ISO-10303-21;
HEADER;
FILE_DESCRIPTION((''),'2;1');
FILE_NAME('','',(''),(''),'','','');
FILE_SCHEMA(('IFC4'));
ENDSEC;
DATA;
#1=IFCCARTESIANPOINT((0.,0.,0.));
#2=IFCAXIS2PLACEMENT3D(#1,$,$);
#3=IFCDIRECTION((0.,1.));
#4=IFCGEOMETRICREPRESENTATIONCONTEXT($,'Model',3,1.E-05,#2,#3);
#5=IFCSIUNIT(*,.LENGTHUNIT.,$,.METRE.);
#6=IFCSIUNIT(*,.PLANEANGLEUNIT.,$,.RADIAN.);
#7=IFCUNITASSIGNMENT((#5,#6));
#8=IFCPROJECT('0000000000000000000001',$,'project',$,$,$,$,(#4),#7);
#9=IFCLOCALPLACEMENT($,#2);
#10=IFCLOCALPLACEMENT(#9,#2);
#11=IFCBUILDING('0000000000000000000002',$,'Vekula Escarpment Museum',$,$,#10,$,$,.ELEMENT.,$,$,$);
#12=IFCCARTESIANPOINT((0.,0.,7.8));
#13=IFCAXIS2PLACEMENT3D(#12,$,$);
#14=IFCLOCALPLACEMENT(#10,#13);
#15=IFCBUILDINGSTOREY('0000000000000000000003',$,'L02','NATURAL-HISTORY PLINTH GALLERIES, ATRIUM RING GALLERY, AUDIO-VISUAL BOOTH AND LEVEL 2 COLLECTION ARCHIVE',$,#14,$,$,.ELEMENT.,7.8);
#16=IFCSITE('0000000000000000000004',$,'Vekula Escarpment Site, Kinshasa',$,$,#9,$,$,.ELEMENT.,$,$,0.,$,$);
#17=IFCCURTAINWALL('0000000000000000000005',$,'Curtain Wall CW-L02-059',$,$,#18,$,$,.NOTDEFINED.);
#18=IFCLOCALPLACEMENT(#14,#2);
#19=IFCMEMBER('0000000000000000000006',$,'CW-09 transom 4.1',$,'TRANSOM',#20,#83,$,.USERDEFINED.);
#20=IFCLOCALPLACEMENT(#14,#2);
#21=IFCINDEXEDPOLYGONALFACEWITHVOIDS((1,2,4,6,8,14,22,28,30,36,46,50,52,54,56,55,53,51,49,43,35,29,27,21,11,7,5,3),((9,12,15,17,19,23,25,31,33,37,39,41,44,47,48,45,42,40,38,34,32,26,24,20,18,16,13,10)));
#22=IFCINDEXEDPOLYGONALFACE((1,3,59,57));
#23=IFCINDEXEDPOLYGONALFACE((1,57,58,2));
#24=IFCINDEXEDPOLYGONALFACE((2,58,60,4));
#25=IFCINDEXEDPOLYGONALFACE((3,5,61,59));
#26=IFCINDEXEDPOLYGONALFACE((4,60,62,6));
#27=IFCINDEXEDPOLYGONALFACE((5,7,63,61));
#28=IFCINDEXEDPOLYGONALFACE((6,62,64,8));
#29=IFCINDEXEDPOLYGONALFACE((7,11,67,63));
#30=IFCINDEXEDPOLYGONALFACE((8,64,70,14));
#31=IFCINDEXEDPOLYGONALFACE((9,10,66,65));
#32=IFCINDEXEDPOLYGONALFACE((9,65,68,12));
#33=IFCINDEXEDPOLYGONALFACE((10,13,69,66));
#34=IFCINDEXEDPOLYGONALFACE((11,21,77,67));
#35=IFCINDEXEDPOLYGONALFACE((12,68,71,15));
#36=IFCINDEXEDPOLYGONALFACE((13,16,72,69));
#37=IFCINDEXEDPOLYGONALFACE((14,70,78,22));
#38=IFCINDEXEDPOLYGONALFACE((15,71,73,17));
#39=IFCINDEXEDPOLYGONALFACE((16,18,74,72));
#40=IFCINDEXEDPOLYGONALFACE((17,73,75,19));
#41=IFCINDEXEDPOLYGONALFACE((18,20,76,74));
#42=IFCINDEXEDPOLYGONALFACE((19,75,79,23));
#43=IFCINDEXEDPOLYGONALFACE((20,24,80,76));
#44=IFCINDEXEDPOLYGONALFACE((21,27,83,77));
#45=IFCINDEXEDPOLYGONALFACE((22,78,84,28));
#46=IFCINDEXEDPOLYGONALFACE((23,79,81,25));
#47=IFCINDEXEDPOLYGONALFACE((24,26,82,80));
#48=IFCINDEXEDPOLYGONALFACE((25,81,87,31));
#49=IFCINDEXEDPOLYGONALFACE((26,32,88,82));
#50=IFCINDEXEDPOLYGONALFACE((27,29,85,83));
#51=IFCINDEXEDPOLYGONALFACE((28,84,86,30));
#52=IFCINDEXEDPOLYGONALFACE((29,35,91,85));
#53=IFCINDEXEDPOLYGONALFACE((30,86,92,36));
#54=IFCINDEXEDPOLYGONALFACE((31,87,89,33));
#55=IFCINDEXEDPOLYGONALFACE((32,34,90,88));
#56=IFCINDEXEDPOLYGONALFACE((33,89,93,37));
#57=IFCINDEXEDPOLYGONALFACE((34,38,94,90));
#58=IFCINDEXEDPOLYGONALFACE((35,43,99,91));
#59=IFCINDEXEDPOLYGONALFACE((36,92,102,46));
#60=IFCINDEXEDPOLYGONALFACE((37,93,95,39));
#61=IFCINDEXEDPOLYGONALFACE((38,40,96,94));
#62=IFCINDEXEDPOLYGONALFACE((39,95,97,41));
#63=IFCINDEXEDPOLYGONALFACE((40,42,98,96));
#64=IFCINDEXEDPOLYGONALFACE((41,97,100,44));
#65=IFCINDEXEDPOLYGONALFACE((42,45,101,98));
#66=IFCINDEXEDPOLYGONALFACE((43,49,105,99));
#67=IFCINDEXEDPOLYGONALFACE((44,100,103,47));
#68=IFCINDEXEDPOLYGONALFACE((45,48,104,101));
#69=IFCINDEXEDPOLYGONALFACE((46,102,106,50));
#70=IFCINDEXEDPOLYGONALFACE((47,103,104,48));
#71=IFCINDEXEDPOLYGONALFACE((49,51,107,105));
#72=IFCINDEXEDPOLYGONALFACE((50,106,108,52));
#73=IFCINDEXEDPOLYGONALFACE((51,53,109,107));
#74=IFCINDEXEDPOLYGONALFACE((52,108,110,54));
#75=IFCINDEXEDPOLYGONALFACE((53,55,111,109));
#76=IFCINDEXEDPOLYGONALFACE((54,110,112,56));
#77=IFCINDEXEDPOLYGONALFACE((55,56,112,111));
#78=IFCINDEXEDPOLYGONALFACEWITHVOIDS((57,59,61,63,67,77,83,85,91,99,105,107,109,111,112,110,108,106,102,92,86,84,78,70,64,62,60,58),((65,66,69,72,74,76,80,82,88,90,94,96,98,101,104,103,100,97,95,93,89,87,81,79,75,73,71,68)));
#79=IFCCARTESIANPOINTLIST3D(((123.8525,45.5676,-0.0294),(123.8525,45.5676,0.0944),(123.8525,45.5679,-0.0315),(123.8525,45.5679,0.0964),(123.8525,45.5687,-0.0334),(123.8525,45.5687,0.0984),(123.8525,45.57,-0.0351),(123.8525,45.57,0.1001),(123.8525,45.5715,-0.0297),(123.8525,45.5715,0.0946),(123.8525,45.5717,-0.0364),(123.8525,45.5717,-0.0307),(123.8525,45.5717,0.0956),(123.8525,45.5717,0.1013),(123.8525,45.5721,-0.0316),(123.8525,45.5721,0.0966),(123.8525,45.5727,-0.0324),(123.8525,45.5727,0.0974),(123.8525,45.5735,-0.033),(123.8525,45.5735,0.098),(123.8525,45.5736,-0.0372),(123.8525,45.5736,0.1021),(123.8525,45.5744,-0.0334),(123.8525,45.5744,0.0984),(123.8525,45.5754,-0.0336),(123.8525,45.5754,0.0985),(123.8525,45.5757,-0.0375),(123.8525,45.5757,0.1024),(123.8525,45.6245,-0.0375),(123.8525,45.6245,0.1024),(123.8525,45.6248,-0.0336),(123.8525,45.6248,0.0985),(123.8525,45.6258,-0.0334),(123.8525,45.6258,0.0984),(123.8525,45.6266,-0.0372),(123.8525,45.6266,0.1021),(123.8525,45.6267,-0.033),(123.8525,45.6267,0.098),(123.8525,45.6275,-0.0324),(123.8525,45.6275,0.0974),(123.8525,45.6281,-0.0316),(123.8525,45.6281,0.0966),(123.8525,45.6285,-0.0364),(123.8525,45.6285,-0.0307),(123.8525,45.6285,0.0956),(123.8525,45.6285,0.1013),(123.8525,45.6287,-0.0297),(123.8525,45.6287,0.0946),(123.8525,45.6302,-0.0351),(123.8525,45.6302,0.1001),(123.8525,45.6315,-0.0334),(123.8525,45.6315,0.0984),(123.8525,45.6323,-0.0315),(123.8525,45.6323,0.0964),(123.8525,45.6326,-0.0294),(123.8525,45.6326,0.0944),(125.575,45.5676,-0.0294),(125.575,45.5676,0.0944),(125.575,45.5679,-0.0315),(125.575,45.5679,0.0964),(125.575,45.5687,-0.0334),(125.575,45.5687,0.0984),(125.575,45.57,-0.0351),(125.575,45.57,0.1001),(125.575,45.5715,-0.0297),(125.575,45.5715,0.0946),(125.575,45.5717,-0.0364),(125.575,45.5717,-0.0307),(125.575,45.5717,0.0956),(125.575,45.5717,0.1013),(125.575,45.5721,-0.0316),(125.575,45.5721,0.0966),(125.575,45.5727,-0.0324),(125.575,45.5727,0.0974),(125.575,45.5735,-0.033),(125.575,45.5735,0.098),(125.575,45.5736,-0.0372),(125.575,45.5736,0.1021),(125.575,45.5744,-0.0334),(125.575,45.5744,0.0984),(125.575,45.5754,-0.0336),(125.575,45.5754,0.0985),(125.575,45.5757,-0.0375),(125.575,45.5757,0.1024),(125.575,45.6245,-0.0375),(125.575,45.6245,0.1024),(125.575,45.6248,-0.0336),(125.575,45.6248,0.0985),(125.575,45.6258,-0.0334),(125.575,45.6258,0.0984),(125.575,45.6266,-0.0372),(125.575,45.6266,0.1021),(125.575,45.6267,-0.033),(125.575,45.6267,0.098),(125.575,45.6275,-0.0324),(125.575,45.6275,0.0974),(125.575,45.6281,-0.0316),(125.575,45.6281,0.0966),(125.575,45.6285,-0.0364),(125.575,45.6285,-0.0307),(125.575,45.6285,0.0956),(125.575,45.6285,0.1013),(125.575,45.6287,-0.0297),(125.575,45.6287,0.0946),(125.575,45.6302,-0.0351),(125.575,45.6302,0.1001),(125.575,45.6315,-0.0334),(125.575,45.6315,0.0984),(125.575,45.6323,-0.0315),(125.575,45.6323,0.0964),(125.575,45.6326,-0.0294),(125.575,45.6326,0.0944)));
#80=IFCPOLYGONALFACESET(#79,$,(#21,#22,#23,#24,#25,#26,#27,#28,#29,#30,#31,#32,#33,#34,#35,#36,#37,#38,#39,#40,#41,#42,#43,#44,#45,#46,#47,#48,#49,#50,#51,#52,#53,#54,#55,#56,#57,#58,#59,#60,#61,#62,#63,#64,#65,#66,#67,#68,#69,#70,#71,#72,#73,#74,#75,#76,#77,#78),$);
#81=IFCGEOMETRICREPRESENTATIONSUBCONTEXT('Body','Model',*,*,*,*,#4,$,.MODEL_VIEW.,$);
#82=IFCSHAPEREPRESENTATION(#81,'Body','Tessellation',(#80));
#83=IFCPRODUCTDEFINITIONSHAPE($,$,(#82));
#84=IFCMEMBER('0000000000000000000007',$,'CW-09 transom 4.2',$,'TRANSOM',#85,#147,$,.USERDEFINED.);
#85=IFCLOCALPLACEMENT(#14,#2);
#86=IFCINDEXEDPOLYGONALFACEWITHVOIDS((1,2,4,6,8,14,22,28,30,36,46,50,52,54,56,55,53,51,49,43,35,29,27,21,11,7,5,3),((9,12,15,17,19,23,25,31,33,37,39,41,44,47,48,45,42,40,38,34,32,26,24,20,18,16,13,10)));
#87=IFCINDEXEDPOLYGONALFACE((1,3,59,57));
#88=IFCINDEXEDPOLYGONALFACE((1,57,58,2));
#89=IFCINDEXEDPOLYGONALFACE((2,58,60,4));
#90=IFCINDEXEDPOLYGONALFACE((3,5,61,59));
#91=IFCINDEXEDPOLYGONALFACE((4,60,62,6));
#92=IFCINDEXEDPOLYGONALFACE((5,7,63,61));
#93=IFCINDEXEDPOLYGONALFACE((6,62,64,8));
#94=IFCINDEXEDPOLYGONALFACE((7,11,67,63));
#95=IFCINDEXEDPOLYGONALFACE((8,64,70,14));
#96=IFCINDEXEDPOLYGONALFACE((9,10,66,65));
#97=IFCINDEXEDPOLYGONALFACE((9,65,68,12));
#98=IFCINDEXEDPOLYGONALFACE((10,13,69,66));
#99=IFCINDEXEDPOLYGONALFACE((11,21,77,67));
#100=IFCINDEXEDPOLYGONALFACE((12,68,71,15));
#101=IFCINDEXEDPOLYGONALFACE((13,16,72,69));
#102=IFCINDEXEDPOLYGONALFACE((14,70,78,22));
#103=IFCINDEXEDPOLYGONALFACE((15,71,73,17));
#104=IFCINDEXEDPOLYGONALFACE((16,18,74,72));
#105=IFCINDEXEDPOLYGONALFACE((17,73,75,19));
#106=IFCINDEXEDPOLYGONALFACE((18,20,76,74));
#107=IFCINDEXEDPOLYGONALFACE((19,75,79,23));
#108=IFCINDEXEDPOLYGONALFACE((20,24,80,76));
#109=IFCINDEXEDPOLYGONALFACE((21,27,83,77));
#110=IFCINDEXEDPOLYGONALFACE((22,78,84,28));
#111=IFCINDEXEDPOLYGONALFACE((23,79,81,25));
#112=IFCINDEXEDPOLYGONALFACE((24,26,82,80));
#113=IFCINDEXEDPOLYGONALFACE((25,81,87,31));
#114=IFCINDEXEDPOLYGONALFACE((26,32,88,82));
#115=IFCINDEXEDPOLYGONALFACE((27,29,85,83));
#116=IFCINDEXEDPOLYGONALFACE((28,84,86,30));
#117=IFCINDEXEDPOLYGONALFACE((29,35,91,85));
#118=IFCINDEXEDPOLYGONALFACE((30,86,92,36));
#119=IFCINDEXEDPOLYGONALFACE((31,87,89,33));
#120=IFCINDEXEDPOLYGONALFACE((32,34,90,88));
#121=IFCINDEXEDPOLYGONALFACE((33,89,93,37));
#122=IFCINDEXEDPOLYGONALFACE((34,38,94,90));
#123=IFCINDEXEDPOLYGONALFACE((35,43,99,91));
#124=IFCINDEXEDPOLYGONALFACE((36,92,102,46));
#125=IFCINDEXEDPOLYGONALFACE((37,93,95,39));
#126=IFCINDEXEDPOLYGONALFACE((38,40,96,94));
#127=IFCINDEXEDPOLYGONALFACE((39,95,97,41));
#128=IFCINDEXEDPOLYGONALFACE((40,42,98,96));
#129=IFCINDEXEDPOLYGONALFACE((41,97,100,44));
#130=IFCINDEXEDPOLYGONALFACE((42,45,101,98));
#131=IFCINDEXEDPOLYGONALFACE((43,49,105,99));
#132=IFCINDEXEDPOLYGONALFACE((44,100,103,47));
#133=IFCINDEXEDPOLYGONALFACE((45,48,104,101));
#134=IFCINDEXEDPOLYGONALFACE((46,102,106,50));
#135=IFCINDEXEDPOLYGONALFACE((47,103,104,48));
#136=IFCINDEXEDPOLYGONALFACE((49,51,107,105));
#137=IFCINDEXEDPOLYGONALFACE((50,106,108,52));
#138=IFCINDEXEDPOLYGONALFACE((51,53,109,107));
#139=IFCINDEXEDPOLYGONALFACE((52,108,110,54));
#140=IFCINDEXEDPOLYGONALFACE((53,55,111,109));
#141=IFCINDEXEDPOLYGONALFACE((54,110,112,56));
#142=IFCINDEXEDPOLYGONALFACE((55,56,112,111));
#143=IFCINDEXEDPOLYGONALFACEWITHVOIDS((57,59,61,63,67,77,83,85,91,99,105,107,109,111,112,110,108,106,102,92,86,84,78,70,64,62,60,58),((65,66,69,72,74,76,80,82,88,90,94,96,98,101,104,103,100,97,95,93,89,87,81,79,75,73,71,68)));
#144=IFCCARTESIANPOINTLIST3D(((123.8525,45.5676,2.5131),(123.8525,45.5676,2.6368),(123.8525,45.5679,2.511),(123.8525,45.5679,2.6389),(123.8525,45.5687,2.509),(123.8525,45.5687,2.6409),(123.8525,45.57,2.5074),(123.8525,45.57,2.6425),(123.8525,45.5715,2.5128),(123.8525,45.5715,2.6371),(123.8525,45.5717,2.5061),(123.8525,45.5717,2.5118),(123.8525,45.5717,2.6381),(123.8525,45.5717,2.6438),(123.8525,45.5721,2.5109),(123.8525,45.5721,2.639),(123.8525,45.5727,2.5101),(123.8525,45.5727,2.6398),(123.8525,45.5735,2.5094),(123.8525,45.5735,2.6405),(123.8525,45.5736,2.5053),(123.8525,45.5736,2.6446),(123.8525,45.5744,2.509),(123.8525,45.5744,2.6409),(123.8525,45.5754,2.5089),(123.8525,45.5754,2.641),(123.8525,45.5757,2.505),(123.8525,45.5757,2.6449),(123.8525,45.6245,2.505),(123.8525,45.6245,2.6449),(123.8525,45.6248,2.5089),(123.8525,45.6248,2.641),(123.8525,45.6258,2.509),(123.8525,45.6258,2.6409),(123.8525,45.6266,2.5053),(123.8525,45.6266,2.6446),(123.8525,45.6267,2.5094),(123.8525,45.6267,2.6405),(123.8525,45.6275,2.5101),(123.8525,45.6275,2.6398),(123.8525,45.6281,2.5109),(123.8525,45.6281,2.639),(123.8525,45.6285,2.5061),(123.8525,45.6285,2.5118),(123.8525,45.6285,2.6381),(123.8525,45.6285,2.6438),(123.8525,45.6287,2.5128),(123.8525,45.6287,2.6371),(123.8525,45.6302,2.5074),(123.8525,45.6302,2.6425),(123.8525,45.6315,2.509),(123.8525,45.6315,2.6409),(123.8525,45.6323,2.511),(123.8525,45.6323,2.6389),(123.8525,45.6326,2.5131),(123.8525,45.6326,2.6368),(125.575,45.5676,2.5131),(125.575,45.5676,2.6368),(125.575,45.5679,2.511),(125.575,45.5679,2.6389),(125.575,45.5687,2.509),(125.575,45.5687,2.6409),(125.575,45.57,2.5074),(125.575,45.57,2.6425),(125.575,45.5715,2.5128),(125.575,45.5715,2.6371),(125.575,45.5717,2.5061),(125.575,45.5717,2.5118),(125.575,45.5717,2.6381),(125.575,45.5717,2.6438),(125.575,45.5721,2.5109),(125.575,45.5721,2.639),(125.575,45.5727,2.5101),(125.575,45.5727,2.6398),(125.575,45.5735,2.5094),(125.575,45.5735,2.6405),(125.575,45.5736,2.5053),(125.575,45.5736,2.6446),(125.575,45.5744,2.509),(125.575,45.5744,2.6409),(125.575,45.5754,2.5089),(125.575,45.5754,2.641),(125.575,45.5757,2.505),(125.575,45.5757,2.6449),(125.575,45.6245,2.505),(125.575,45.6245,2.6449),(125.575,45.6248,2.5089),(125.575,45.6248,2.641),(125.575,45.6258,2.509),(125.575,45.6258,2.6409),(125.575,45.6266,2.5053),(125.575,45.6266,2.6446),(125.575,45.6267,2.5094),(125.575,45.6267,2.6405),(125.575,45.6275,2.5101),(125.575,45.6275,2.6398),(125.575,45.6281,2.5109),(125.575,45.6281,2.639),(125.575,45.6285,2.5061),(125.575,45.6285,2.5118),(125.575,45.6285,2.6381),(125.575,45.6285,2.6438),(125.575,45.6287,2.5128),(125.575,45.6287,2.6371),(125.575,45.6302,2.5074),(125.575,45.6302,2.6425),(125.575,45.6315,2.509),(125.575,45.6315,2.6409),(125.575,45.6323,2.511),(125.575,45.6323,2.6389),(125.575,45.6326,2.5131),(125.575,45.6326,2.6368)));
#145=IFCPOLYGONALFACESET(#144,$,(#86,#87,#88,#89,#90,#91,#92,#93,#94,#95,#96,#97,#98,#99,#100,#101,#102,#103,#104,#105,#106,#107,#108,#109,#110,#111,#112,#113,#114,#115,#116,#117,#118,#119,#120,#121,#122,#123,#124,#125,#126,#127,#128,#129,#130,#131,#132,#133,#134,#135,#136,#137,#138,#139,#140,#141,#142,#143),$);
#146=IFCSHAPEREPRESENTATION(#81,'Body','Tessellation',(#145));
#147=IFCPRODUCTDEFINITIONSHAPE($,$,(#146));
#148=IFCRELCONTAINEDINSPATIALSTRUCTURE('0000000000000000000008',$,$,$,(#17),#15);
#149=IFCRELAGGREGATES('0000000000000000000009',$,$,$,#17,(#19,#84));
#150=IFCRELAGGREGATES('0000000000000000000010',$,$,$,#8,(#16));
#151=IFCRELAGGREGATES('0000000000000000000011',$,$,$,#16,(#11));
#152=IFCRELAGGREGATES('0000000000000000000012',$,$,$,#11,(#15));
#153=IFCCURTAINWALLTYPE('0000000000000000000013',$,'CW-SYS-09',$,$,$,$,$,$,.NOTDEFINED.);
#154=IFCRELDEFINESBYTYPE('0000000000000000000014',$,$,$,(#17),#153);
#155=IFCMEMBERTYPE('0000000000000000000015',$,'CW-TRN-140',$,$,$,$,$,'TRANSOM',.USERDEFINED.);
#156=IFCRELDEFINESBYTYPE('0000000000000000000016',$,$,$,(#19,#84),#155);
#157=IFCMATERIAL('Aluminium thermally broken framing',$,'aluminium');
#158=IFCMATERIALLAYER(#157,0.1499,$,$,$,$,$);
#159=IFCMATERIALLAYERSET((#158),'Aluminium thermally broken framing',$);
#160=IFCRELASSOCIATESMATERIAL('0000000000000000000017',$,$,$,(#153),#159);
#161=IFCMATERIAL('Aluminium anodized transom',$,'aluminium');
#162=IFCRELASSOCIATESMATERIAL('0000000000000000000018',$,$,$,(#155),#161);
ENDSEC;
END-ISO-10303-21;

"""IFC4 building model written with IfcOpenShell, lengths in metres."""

from ifc_helpers import new_model, si_unit, direction, frame, origin, origin_2d, place, context, subcontext, project, spatial, hollow_rectangle, extrude, material, layer, layer_set, material_profile, profile_set, type_object, element, aggregate, save


model = new_model("IFC4")

# Units and contexts
model_context = context("Model", 3, precision=1e-05, world=origin(), true_north=direction((0.0, 1.0)))
body_context = subcontext(model_context, "Body", "Model", "MODEL_VIEW")
ifc_project = project(units=[si_unit("LENGTHUNIT", "METRE"), si_unit("PLANEANGLEUNIT", "RADIAN")], contexts=[model_context])

# Site, building, storey
site_placement = place(None, origin())
site = spatial("IfcSite", under=ifc_project, at=site_placement, Name="Vekula Escarpment Site, Kinshasa", CompositionType="ELEMENT", RefElevation=0.0)
building_placement = place(site_placement, origin())
building = spatial("IfcBuilding", under=site, at=building_placement, Name="Vekula Escarpment Museum", CompositionType="ELEMENT")
storey_placement = place(building_placement, frame((0.0, 0.0, 7.8)))
storey = spatial("IfcBuildingStorey", under=building, at=storey_placement, Name="L02", Description="NATURAL-HISTORY PLINTH GALLERIES, ATRIUM RING GALLERY, AUDIO-VISUAL BOOTH AND LEVEL 2 COLLECTION ARCHIVE", CompositionType="ELEMENT", Elevation=7.8)

# Curtain wall, members
ifc_material_1 = material(Name="Aluminium thermally broken framing", Category="aluminium")
ifc_layer_1 = layer(ifc_material_1, 0.1499)
ifc_layer_set_1 = layer_set([ifc_layer_1], Name="Aluminium thermally broken framing")
curtain_wall_type = type_object("IfcCurtainWallType", Name="CW-SYS-09", PredefinedType="NOTDEFINED", material=ifc_layer_set_1)
curtain_wall_placement = place(storey_placement, origin())
curtain_wall = element("IfcCurtainWall", 1, at=curtain_wall_placement, inside=storey, type_object=curtain_wall_type, Name="Curtain Wall CW-L02-059", PredefinedType="NOTDEFINED")
ifc_material_2 = material(Name="Aluminium anodized transom", Category="aluminium")
ifc_material_profile_1 = material_profile(ifc_material_2, hollow_rectangle(XDim=0.0649, YDim=0.1399, WallThickness=0.0039, InnerFilletRadius=0.0039, OuterFilletRadius=0.0081, at=origin_2d()), Name="ALU 140x65x4")
ifc_profile_set_1 = profile_set([ifc_material_profile_1], Name="Aluminium anodized transom")
member_type_1 = type_object("IfcMemberType", Name="CW-TRN-140", ElementType="TRANSOM", PredefinedType="USERDEFINED", material=ifc_profile_set_1)
member_1_placement = place(storey_placement, frame((123.8525, 45.6001, 0.0325), z_axis=(1.0, 0.0, 0.0), x_axis=(0.0, 1.0, 0.0)))
member_1 = element("IfcMember", 2, at=member_1_placement, type_object=member_type_1, Name="CW-09 transom 4.1", ObjectType="TRANSOM", PredefinedType="USERDEFINED", context=body_context, shape_type="SweptSolid", body=[
    extrude(hollow_rectangle(XDim=0.0649, YDim=0.1399, WallThickness=0.0039, InnerFilletRadius=0.0039, OuterFilletRadius=0.0081, at=origin_2d()), origin(), (0.0, 0.0, 1.0), 1.7224),
])
member_2_placement = place(storey_placement, frame((123.8525, 45.6001, 2.575), z_axis=(1.0, 0.0, 0.0), x_axis=(0.0, 1.0, 0.0)))
member_2 = element("IfcMember", 3, at=member_2_placement, type_object=member_type_1, Name="CW-09 transom 4.2", ObjectType="TRANSOM", PredefinedType="USERDEFINED", context=body_context, shape_type="SweptSolid", body=[
    extrude(hollow_rectangle(XDim=0.0649, YDim=0.1399, WallThickness=0.0039, InnerFilletRadius=0.0039, OuterFilletRadius=0.0081, at=origin_2d()), origin(), (0.0, 0.0, 1.0), 1.7224),
])
aggregate(curtain_wall, [member_1, member_2])

save(model, "model.ifc")
